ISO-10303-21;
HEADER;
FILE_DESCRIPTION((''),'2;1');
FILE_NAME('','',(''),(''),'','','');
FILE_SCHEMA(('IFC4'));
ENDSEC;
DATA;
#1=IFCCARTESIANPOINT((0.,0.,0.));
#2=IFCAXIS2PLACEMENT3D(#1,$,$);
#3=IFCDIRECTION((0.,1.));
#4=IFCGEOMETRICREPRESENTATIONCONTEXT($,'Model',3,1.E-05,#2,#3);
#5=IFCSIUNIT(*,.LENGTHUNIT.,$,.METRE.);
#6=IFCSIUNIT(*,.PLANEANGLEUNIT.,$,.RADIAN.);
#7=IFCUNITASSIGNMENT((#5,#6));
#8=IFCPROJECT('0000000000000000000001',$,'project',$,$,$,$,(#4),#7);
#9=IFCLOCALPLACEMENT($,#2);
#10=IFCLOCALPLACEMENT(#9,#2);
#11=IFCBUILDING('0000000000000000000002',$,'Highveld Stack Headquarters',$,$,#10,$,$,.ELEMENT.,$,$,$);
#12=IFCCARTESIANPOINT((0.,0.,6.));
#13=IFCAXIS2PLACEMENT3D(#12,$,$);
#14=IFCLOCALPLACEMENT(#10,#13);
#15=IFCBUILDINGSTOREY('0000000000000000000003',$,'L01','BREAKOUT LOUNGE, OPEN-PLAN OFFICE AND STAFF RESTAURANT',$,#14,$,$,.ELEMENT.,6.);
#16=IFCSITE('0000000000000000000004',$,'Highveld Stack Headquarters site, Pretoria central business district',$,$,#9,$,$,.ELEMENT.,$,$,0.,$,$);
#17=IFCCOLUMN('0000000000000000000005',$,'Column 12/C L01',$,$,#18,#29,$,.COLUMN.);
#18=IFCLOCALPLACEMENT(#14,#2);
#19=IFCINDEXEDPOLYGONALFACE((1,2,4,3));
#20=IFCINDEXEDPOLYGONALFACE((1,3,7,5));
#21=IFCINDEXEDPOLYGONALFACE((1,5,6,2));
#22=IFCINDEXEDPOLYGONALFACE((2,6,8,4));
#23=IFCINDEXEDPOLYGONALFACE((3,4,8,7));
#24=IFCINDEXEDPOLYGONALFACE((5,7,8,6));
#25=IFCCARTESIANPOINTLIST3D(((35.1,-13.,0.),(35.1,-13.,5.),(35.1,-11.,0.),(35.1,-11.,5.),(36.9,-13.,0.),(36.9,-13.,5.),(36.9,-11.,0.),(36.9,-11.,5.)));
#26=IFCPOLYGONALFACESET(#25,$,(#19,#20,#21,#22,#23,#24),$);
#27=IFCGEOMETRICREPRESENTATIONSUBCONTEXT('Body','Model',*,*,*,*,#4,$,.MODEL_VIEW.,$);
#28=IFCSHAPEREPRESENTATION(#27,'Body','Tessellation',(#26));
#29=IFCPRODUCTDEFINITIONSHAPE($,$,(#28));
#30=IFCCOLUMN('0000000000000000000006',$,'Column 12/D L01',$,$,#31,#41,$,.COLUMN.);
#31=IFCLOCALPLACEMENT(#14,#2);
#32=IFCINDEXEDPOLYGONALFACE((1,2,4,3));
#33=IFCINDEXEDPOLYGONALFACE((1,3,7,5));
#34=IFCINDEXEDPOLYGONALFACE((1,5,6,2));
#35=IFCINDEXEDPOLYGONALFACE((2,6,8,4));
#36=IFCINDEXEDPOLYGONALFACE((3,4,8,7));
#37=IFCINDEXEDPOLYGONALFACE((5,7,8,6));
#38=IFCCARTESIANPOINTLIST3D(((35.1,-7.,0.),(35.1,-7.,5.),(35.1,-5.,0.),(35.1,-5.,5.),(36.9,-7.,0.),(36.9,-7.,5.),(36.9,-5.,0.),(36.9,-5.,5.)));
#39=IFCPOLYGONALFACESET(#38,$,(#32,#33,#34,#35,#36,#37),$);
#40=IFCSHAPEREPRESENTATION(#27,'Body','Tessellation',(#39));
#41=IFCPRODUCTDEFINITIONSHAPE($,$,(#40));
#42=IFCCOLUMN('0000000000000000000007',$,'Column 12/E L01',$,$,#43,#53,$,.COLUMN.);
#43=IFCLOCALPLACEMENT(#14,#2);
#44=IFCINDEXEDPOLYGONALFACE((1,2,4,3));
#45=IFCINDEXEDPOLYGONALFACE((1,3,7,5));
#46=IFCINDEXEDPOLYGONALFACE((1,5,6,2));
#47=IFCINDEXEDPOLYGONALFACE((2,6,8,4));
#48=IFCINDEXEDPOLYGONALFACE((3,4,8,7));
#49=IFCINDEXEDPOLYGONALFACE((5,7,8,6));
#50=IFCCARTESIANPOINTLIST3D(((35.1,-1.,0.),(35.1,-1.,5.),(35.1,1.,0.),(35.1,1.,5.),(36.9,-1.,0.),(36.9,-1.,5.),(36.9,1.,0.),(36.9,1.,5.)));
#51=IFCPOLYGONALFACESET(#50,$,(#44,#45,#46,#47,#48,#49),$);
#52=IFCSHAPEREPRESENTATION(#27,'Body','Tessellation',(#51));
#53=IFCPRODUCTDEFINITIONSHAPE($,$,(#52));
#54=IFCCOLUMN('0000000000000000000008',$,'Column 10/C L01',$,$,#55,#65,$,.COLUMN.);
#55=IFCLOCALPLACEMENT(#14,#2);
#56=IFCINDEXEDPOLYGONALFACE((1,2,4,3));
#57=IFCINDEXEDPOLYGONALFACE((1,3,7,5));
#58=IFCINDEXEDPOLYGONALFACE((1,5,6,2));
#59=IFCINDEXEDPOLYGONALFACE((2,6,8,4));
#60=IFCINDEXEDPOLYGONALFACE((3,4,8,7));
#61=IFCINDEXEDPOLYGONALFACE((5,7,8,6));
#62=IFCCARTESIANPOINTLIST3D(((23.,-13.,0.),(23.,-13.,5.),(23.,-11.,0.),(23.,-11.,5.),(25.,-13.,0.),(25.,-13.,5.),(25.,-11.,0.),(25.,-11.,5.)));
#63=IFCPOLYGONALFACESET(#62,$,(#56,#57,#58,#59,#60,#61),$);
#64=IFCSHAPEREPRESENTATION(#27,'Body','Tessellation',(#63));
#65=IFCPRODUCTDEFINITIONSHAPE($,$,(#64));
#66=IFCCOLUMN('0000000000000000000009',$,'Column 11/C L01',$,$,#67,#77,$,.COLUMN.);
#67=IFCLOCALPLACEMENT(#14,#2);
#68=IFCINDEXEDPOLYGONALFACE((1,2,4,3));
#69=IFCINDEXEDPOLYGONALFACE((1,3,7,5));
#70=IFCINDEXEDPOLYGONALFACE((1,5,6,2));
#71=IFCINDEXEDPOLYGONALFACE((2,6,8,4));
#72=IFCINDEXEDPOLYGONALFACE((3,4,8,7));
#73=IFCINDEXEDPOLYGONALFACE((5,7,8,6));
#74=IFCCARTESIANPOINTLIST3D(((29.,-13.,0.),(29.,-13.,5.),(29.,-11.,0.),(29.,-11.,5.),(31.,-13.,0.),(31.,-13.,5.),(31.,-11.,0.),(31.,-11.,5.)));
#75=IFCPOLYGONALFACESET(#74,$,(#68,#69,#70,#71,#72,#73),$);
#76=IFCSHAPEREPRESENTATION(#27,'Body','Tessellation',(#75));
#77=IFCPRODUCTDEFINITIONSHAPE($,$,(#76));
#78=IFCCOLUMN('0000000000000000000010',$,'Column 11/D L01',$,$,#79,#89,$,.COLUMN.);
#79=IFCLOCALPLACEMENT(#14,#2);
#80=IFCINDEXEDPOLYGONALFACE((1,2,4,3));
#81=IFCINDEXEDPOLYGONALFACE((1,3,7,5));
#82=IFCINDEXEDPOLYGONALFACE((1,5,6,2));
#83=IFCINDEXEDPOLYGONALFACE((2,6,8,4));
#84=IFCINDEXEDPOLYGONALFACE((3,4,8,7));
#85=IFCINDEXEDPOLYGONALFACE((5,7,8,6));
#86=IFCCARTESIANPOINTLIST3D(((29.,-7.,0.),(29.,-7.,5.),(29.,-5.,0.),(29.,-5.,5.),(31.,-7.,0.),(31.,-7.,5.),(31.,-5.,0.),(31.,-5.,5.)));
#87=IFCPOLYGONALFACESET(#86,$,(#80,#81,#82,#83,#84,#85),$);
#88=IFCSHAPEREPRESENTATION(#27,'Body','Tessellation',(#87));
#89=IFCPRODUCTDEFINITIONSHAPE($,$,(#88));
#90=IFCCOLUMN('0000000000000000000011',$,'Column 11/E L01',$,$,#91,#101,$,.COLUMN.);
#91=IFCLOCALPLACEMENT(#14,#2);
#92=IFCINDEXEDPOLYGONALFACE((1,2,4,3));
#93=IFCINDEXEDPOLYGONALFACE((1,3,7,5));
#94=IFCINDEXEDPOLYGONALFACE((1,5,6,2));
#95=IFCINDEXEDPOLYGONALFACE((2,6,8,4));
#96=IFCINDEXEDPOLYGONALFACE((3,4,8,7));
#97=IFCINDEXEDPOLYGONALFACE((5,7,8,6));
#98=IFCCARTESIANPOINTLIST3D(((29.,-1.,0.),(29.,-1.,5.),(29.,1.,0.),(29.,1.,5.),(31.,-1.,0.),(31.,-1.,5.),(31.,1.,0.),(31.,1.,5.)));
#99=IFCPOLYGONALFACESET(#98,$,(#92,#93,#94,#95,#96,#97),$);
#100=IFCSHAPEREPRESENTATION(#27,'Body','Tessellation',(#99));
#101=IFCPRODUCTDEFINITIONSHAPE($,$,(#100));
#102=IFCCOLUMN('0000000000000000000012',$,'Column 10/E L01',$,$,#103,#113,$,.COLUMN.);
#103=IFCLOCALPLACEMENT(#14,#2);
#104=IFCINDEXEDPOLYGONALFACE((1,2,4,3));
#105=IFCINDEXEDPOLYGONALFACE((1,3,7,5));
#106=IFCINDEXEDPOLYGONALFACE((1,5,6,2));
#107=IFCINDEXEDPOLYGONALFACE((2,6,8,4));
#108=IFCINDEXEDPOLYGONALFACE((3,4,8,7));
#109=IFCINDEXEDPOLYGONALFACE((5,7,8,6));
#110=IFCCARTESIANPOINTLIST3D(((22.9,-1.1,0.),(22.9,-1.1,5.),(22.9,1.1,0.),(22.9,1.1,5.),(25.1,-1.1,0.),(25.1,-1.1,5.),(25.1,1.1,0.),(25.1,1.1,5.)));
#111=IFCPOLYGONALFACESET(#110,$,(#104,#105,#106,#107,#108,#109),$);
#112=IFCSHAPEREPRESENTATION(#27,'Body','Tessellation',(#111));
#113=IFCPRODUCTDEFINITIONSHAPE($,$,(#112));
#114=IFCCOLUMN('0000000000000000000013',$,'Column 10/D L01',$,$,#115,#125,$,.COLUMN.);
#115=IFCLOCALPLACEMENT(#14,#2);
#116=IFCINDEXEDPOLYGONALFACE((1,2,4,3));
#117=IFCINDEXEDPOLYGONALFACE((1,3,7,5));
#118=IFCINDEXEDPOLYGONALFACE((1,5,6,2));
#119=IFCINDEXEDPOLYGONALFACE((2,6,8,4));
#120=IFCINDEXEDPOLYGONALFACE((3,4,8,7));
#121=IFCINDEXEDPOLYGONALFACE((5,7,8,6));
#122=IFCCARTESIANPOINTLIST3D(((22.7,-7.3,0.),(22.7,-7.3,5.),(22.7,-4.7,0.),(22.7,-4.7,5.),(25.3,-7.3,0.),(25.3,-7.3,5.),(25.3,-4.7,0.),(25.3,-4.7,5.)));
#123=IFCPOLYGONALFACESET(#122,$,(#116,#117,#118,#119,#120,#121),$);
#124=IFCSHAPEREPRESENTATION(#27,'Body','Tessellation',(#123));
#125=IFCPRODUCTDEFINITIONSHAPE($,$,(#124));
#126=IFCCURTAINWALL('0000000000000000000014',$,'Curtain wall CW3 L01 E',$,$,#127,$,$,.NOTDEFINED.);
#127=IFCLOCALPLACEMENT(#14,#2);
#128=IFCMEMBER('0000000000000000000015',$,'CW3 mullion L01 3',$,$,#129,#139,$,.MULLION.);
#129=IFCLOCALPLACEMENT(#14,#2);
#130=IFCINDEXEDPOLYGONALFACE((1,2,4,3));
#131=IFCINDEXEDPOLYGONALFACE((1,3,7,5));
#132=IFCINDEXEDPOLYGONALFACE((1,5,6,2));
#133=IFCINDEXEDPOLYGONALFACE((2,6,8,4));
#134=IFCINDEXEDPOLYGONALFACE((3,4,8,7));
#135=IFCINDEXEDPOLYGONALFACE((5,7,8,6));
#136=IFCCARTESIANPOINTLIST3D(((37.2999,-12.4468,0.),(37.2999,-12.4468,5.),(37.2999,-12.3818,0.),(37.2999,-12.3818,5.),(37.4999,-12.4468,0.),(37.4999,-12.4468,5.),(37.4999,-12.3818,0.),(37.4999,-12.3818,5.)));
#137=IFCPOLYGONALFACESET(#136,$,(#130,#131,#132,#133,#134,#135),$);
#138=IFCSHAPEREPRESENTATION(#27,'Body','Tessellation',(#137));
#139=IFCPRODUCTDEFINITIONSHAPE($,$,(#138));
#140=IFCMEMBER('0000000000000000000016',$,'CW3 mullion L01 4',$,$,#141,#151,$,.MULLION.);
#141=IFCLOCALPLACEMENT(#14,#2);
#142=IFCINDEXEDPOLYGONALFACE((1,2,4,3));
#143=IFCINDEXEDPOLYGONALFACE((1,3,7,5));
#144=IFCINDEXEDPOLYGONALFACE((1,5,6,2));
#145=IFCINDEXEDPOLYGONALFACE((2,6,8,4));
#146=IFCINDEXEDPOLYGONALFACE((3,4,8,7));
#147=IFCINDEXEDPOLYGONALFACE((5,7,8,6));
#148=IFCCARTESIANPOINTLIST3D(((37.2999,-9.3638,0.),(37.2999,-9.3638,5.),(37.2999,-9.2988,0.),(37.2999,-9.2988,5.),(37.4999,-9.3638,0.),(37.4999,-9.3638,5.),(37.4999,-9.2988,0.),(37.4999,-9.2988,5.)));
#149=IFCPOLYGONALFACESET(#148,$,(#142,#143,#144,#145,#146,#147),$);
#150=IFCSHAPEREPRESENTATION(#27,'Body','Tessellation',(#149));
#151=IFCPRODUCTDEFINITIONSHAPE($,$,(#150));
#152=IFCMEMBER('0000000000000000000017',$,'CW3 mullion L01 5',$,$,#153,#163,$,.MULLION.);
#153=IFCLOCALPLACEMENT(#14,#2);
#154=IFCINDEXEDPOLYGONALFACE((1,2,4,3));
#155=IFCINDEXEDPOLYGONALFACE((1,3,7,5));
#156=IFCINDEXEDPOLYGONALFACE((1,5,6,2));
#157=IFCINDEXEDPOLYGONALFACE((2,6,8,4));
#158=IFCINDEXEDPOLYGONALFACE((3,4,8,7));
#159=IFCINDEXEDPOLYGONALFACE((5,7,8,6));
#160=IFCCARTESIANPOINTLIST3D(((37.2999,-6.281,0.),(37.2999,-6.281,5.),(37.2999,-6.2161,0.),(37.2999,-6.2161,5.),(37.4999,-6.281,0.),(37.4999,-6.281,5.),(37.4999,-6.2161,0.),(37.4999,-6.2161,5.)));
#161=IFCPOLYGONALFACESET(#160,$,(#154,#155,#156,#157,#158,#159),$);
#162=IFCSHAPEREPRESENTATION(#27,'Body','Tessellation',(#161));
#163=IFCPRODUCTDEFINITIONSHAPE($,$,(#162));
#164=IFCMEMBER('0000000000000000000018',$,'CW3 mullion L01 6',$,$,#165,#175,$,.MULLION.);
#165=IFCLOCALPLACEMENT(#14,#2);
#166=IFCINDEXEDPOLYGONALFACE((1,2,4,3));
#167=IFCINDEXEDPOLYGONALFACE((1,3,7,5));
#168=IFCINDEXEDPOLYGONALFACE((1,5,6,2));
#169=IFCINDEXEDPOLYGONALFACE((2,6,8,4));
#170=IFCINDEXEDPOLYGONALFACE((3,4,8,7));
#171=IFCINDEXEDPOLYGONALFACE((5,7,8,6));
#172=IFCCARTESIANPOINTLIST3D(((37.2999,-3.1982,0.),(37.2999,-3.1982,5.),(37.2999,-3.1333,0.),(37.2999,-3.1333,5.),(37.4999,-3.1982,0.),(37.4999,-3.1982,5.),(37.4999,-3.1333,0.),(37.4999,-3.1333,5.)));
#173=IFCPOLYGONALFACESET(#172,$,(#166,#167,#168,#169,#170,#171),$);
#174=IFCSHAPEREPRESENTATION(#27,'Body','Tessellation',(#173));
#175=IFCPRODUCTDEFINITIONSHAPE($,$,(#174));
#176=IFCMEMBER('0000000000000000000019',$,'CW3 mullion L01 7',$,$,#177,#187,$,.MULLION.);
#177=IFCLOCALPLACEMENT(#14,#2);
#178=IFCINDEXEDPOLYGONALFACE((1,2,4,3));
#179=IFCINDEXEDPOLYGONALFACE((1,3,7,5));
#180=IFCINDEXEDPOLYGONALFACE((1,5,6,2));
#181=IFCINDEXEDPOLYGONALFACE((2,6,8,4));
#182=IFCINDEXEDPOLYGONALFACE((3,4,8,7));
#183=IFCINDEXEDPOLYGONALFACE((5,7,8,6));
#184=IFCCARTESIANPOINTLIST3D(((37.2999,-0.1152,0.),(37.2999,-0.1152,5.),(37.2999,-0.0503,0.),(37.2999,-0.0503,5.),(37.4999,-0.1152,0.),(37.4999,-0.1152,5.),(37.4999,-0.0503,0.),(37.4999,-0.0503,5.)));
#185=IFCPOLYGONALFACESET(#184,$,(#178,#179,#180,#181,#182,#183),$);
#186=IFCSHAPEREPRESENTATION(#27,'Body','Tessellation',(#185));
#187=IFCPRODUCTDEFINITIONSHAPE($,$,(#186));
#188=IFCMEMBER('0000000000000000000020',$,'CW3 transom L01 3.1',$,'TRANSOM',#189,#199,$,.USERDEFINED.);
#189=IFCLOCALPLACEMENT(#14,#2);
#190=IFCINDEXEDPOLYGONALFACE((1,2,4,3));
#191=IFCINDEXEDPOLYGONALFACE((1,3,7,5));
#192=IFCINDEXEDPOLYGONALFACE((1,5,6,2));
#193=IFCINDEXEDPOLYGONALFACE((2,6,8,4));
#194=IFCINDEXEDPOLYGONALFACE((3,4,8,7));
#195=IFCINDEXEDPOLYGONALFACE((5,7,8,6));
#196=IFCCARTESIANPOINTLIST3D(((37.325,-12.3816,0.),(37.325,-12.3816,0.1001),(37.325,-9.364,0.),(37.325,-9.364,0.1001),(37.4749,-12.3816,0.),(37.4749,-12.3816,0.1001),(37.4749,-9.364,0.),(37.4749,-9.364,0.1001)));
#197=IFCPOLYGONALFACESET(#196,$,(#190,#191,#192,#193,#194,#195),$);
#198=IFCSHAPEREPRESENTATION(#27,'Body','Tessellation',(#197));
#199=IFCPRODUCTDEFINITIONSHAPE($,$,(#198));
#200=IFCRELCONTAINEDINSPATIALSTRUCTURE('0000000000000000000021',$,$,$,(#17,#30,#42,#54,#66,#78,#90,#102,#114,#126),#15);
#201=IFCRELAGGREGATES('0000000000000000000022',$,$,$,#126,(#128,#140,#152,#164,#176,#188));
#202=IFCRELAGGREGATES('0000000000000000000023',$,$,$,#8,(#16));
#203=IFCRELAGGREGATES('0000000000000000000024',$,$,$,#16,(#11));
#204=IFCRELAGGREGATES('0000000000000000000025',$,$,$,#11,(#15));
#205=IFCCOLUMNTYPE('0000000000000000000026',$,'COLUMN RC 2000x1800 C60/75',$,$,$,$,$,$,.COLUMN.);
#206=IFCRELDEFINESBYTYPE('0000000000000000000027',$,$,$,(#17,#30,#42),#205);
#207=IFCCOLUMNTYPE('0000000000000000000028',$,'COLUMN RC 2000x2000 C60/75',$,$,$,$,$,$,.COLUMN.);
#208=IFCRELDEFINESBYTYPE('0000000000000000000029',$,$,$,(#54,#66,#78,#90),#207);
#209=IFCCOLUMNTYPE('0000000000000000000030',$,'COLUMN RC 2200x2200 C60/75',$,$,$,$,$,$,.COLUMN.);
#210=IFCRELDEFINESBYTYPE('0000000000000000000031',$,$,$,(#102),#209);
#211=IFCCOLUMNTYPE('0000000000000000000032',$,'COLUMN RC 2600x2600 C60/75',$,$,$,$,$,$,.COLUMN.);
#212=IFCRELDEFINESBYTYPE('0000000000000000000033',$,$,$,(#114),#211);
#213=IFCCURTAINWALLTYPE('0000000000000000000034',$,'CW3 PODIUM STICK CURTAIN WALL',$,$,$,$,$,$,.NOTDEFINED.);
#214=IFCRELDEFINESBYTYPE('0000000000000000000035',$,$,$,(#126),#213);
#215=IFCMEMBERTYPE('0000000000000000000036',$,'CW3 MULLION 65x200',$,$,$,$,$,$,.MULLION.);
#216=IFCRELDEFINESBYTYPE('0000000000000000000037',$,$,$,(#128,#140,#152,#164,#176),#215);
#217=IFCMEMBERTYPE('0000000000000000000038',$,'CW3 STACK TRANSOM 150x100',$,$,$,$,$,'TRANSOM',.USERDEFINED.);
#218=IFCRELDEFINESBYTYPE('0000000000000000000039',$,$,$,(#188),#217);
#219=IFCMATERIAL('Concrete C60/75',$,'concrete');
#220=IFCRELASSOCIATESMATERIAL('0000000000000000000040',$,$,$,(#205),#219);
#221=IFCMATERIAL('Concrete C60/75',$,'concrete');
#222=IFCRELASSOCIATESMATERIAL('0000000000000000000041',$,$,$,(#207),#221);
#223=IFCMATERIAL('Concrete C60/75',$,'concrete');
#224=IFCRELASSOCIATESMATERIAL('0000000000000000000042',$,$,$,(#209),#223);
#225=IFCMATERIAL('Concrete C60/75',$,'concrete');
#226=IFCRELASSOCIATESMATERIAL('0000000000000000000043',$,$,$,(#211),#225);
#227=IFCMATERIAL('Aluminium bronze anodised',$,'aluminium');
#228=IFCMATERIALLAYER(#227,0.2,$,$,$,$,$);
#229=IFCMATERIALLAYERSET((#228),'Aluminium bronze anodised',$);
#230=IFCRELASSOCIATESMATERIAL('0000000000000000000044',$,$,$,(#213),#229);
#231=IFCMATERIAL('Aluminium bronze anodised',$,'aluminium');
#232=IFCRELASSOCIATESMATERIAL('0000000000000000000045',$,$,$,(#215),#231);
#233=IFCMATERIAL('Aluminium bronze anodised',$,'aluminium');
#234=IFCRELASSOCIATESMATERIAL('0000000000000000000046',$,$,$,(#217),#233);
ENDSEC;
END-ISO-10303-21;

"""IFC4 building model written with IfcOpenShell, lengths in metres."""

from ifc_helpers import new_model, si_unit, direction, frame, origin, origin_2d, place, context, subcontext, project, spatial, rectangle, extrude, material, layer, layer_set, material_profile, profile_set, type_object, element, aggregate, save


model = new_model("IFC4")

# Units and contexts
model_context = context("Model", 3, precision=1e-05, world=origin(), true_north=direction((0.0, 1.0)))
body_context = subcontext(model_context, "Body", "Model", "MODEL_VIEW")
ifc_project = project(units=[si_unit("LENGTHUNIT", "METRE"), si_unit("PLANEANGLEUNIT", "RADIAN")], contexts=[model_context])

# Site, building, storey
site_placement = place(None, origin())
site = spatial("IfcSite", under=ifc_project, at=site_placement, Name="Highveld Stack Headquarters site, Pretoria central business district", CompositionType="ELEMENT", RefElevation=0.0)
building_placement = place(site_placement, origin())
building = spatial("IfcBuilding", under=site, at=building_placement, Name="Highveld Stack Headquarters", CompositionType="ELEMENT")
storey_placement = place(building_placement, frame((0.0, 0.0, 6.0)))
storey = spatial("IfcBuildingStorey", under=building, at=storey_placement, Name="L01", Description="BREAKOUT LOUNGE, OPEN-PLAN OFFICE AND STAFF RESTAURANT", CompositionType="ELEMENT", Elevation=6.0)

# Columns
ifc_material_1 = material(Name="Concrete C60/75", Category="concrete")
ifc_material_profile_1 = material_profile(ifc_material_1, rectangle(XDim=2.0, YDim=1.8, at=origin_2d()), Name="RC 2000x1800")
ifc_profile_set_1 = profile_set([ifc_material_profile_1], Name="Concrete C60/75")
column_type_1 = type_object("IfcColumnType", Name="COLUMN RC 2000x1800 C60/75", PredefinedType="COLUMN", material=ifc_profile_set_1)
for number, where, z_axis, x_axis, name in (
    (1, (36.0, -12.0, 0.0), (0.0, 0.0, 1.0), (0.0, 1.0, 0.0), "Column 12/C L01"),
    (2, (36.0, -6.0, 0.0), (0.0, 0.0, 1.0), (0.0, 1.0, 0.0), "Column 12/D L01"),
    (3, (36.0, 0.0, 0.0), (0.0, 0.0, 1.0), (0.0, 1.0, 0.0), "Column 12/E L01"),
):
    element("IfcColumn", number, at=place(storey_placement, frame(where, z_axis=z_axis, x_axis=x_axis)), inside=storey, type_object=column_type_1, Name=name, PredefinedType="COLUMN", context=body_context, shape_type="SweptSolid", body=[
        extrude(rectangle(XDim=2.0, YDim=1.8, at=origin_2d()), origin(), (0.0, 0.0, 1.0), 5.0),
    ])
ifc_material_2 = material(Name="Concrete C60/75", Category="concrete")
ifc_material_profile_2 = material_profile(ifc_material_2, rectangle(XDim=2.0, YDim=2.0, at=origin_2d()), Name="RC 2000x2000")
ifc_profile_set_2 = profile_set([ifc_material_profile_2], Name="Concrete C60/75")
column_type_2 = type_object("IfcColumnType", Name="COLUMN RC 2000x2000 C60/75", PredefinedType="COLUMN", material=ifc_profile_set_2)
for number, where, z_axis, x_axis, name in (
    (4, (24.0, -12.0, 0.0), (0.0, 0.0, 1.0), (1.0, 0.0, 0.0), "Column 10/C L01"),
    (5, (30.0, -12.0, 0.0), (0.0, 0.0, 1.0), (1.0, 0.0, 0.0), "Column 11/C L01"),
    (6, (30.0, -6.0, 0.0), (0.0, 0.0, 1.0), (1.0, 0.0, 0.0), "Column 11/D L01"),
    (7, (30.0, 0.0, 0.0), (0.0, 0.0, 1.0), (1.0, 0.0, 0.0), "Column 11/E L01"),
):
    element("IfcColumn", number, at=place(storey_placement, frame(where, z_axis=z_axis, x_axis=x_axis)), inside=storey, type_object=column_type_2, Name=name, PredefinedType="COLUMN", context=body_context, shape_type="SweptSolid", body=[
        extrude(rectangle(XDim=2.0, YDim=2.0, at=origin_2d()), origin(), (0.0, 0.0, 1.0), 5.0),
    ])
ifc_material_3 = material(Name="Concrete C60/75", Category="concrete")
ifc_material_profile_3 = material_profile(ifc_material_3, rectangle(XDim=2.2, YDim=2.2, at=origin_2d()), Name="RC 2200x2200")
ifc_profile_set_3 = profile_set([ifc_material_profile_3], Name="Concrete C60/75")
column_type_3 = type_object("IfcColumnType", Name="COLUMN RC 2200x2200 C60/75", PredefinedType="COLUMN", material=ifc_profile_set_3)
column_1_placement = place(storey_placement, frame((24.0, 0.0, 0.0), z_axis=(0.0, 0.0, 1.0), x_axis=(1.0, 0.0, 0.0)))
element("IfcColumn", 8, at=column_1_placement, inside=storey, type_object=column_type_3, Name="Column 10/E L01", PredefinedType="COLUMN", context=body_context, shape_type="SweptSolid", body=[
    extrude(rectangle(XDim=2.2, YDim=2.2, at=origin_2d()), origin(), (0.0, 0.0, 1.0), 5.0),
])
ifc_material_4 = material(Name="Concrete C60/75", Category="concrete")
ifc_material_profile_4 = material_profile(ifc_material_4, rectangle(XDim=2.6001, YDim=2.6001, at=origin_2d()), Name="RC 2600x2600")
ifc_profile_set_4 = profile_set([ifc_material_profile_4], Name="Concrete C60/75")
column_type_4 = type_object("IfcColumnType", Name="COLUMN RC 2600x2600 C60/75", PredefinedType="COLUMN", material=ifc_profile_set_4)
column_2_placement = place(storey_placement, frame((24.0, -6.0, 0.0), z_axis=(0.0, 0.0, 1.0), x_axis=(1.0, 0.0, 0.0)))
element("IfcColumn", 9, at=column_2_placement, inside=storey, type_object=column_type_4, Name="Column 10/D L01", PredefinedType="COLUMN", context=body_context, shape_type="SweptSolid", body=[
    extrude(rectangle(XDim=2.6001, YDim=2.6001, at=origin_2d()), origin(), (0.0, 0.0, 1.0), 5.0),
])

# Curtain wall, members
ifc_material_5 = material(Name="Aluminium bronze anodised", Category="aluminium")
ifc_layer_1 = layer(ifc_material_5, 0.2)
ifc_layer_set_1 = layer_set([ifc_layer_1], Name="Aluminium bronze anodised")
curtain_wall_type = type_object("IfcCurtainWallType", Name="CW3 PODIUM STICK CURTAIN WALL", PredefinedType="NOTDEFINED", material=ifc_layer_set_1)
curtain_wall_placement = place(storey_placement, origin())
curtain_wall = element("IfcCurtainWall", 10, at=curtain_wall_placement, inside=storey, type_object=curtain_wall_type, Name="Curtain wall CW3 L01 E", PredefinedType="NOTDEFINED")
ifc_material_6 = material(Name="Aluminium bronze anodised", Category="aluminium")
ifc_material_profile_5 = material_profile(ifc_material_6, rectangle(XDim=0.2, YDim=0.0649, at=origin_2d()), Name="CW3 MULLION 65x200")
ifc_profile_set_5 = profile_set([ifc_material_profile_5], Name="Aluminium bronze anodised")
member_type_1 = type_object("IfcMemberType", Name="CW3 MULLION 65x200", PredefinedType="MULLION", material=ifc_profile_set_5)
member_1_placement = place(storey_placement, frame((37.3999, -12.4143, 0.0), z_axis=(0.0, 0.0, 1.0), x_axis=(-1.0, 0.0, 0.0)))
member_1 = element("IfcMember", 11, at=member_1_placement, type_object=member_type_1, Name="CW3 mullion L01 3", PredefinedType="MULLION", context=body_context, shape_type="SweptSolid", body=[
    extrude(rectangle(XDim=0.2, YDim=0.0649, at=origin_2d()), origin(), (0.0, 0.0, 1.0), 5.0),
])
member_2_placement = place(storey_placement, frame((37.3999, -9.3313, 0.0), z_axis=(0.0, 0.0, 1.0), x_axis=(-1.0, 0.0, 0.0)))
member_2 = element("IfcMember", 12, at=member_2_placement, type_object=member_type_1, Name="CW3 mullion L01 4", PredefinedType="MULLION", context=body_context, shape_type="SweptSolid", body=[
    extrude(rectangle(XDim=0.2, YDim=0.0649, at=origin_2d()), origin(), (0.0, 0.0, 1.0), 5.0),
])
member_3_placement = place(storey_placement, frame((37.3999, -6.2485, 0.0), z_axis=(0.0, 0.0, 1.0), x_axis=(-1.0, 0.0, 0.0)))
member_3 = element("IfcMember", 13, at=member_3_placement, type_object=member_type_1, Name="CW3 mullion L01 5", PredefinedType="MULLION", context=body_context, shape_type="SweptSolid", body=[
    extrude(rectangle(XDim=0.2, YDim=0.0649, at=origin_2d()), origin(), (0.0, 0.0, 1.0), 5.0),
])
member_4_placement = place(storey_placement, frame((37.3999, -3.1658, 0.0), z_axis=(0.0, 0.0, 1.0), x_axis=(-1.0, 0.0, 0.0)))
member_4 = element("IfcMember", 14, at=member_4_placement, type_object=member_type_1, Name="CW3 mullion L01 6", PredefinedType="MULLION", context=body_context, shape_type="SweptSolid", body=[
    extrude(rectangle(XDim=0.2, YDim=0.0649, at=origin_2d()), origin(), (0.0, 0.0, 1.0), 5.0),
])
member_5_placement = place(storey_placement, frame((37.3999, -0.0828, 0.0), z_axis=(0.0, 0.0, 1.0), x_axis=(-1.0, 0.0, 0.0)))
member_5 = element("IfcMember", 15, at=member_5_placement, type_object=member_type_1, Name="CW3 mullion L01 7", PredefinedType="MULLION", context=body_context, shape_type="SweptSolid", body=[
    extrude(rectangle(XDim=0.2, YDim=0.0649, at=origin_2d()), origin(), (0.0, 0.0, 1.0), 5.0),
])
ifc_material_7 = material(Name="Aluminium bronze anodised", Category="aluminium")
ifc_material_profile_6 = material_profile(ifc_material_7, rectangle(XDim=0.1499, YDim=0.1001, at=origin_2d()), Name="CW3 TRANSOM 150x100")
ifc_profile_set_6 = profile_set([ifc_material_profile_6], Name="Aluminium bronze anodised")
member_type_2 = type_object("IfcMemberType", Name="CW3 STACK TRANSOM 150x100", ElementType="TRANSOM", PredefinedType="USERDEFINED", material=ifc_profile_set_6)
member_6_placement = place(storey_placement, frame((37.3999, -12.3816, 0.05), z_axis=(0.0, 1.0, 0.0), x_axis=(-1.0, 0.0, 0.0)))
member_6 = element("IfcMember", 16, at=member_6_placement, type_object=member_type_2, Name="CW3 transom L01 3.1", ObjectType="TRANSOM", PredefinedType="USERDEFINED", context=body_context, shape_type="SweptSolid", body=[
    extrude(rectangle(XDim=0.1499, YDim=0.1001, at=origin_2d()), origin(), (0.0, 0.0, 1.0), 3.0176),
])
aggregate(curtain_wall, [member_1, member_2, member_3, member_4, member_5, member_6])

save(model, "model.ifc")
